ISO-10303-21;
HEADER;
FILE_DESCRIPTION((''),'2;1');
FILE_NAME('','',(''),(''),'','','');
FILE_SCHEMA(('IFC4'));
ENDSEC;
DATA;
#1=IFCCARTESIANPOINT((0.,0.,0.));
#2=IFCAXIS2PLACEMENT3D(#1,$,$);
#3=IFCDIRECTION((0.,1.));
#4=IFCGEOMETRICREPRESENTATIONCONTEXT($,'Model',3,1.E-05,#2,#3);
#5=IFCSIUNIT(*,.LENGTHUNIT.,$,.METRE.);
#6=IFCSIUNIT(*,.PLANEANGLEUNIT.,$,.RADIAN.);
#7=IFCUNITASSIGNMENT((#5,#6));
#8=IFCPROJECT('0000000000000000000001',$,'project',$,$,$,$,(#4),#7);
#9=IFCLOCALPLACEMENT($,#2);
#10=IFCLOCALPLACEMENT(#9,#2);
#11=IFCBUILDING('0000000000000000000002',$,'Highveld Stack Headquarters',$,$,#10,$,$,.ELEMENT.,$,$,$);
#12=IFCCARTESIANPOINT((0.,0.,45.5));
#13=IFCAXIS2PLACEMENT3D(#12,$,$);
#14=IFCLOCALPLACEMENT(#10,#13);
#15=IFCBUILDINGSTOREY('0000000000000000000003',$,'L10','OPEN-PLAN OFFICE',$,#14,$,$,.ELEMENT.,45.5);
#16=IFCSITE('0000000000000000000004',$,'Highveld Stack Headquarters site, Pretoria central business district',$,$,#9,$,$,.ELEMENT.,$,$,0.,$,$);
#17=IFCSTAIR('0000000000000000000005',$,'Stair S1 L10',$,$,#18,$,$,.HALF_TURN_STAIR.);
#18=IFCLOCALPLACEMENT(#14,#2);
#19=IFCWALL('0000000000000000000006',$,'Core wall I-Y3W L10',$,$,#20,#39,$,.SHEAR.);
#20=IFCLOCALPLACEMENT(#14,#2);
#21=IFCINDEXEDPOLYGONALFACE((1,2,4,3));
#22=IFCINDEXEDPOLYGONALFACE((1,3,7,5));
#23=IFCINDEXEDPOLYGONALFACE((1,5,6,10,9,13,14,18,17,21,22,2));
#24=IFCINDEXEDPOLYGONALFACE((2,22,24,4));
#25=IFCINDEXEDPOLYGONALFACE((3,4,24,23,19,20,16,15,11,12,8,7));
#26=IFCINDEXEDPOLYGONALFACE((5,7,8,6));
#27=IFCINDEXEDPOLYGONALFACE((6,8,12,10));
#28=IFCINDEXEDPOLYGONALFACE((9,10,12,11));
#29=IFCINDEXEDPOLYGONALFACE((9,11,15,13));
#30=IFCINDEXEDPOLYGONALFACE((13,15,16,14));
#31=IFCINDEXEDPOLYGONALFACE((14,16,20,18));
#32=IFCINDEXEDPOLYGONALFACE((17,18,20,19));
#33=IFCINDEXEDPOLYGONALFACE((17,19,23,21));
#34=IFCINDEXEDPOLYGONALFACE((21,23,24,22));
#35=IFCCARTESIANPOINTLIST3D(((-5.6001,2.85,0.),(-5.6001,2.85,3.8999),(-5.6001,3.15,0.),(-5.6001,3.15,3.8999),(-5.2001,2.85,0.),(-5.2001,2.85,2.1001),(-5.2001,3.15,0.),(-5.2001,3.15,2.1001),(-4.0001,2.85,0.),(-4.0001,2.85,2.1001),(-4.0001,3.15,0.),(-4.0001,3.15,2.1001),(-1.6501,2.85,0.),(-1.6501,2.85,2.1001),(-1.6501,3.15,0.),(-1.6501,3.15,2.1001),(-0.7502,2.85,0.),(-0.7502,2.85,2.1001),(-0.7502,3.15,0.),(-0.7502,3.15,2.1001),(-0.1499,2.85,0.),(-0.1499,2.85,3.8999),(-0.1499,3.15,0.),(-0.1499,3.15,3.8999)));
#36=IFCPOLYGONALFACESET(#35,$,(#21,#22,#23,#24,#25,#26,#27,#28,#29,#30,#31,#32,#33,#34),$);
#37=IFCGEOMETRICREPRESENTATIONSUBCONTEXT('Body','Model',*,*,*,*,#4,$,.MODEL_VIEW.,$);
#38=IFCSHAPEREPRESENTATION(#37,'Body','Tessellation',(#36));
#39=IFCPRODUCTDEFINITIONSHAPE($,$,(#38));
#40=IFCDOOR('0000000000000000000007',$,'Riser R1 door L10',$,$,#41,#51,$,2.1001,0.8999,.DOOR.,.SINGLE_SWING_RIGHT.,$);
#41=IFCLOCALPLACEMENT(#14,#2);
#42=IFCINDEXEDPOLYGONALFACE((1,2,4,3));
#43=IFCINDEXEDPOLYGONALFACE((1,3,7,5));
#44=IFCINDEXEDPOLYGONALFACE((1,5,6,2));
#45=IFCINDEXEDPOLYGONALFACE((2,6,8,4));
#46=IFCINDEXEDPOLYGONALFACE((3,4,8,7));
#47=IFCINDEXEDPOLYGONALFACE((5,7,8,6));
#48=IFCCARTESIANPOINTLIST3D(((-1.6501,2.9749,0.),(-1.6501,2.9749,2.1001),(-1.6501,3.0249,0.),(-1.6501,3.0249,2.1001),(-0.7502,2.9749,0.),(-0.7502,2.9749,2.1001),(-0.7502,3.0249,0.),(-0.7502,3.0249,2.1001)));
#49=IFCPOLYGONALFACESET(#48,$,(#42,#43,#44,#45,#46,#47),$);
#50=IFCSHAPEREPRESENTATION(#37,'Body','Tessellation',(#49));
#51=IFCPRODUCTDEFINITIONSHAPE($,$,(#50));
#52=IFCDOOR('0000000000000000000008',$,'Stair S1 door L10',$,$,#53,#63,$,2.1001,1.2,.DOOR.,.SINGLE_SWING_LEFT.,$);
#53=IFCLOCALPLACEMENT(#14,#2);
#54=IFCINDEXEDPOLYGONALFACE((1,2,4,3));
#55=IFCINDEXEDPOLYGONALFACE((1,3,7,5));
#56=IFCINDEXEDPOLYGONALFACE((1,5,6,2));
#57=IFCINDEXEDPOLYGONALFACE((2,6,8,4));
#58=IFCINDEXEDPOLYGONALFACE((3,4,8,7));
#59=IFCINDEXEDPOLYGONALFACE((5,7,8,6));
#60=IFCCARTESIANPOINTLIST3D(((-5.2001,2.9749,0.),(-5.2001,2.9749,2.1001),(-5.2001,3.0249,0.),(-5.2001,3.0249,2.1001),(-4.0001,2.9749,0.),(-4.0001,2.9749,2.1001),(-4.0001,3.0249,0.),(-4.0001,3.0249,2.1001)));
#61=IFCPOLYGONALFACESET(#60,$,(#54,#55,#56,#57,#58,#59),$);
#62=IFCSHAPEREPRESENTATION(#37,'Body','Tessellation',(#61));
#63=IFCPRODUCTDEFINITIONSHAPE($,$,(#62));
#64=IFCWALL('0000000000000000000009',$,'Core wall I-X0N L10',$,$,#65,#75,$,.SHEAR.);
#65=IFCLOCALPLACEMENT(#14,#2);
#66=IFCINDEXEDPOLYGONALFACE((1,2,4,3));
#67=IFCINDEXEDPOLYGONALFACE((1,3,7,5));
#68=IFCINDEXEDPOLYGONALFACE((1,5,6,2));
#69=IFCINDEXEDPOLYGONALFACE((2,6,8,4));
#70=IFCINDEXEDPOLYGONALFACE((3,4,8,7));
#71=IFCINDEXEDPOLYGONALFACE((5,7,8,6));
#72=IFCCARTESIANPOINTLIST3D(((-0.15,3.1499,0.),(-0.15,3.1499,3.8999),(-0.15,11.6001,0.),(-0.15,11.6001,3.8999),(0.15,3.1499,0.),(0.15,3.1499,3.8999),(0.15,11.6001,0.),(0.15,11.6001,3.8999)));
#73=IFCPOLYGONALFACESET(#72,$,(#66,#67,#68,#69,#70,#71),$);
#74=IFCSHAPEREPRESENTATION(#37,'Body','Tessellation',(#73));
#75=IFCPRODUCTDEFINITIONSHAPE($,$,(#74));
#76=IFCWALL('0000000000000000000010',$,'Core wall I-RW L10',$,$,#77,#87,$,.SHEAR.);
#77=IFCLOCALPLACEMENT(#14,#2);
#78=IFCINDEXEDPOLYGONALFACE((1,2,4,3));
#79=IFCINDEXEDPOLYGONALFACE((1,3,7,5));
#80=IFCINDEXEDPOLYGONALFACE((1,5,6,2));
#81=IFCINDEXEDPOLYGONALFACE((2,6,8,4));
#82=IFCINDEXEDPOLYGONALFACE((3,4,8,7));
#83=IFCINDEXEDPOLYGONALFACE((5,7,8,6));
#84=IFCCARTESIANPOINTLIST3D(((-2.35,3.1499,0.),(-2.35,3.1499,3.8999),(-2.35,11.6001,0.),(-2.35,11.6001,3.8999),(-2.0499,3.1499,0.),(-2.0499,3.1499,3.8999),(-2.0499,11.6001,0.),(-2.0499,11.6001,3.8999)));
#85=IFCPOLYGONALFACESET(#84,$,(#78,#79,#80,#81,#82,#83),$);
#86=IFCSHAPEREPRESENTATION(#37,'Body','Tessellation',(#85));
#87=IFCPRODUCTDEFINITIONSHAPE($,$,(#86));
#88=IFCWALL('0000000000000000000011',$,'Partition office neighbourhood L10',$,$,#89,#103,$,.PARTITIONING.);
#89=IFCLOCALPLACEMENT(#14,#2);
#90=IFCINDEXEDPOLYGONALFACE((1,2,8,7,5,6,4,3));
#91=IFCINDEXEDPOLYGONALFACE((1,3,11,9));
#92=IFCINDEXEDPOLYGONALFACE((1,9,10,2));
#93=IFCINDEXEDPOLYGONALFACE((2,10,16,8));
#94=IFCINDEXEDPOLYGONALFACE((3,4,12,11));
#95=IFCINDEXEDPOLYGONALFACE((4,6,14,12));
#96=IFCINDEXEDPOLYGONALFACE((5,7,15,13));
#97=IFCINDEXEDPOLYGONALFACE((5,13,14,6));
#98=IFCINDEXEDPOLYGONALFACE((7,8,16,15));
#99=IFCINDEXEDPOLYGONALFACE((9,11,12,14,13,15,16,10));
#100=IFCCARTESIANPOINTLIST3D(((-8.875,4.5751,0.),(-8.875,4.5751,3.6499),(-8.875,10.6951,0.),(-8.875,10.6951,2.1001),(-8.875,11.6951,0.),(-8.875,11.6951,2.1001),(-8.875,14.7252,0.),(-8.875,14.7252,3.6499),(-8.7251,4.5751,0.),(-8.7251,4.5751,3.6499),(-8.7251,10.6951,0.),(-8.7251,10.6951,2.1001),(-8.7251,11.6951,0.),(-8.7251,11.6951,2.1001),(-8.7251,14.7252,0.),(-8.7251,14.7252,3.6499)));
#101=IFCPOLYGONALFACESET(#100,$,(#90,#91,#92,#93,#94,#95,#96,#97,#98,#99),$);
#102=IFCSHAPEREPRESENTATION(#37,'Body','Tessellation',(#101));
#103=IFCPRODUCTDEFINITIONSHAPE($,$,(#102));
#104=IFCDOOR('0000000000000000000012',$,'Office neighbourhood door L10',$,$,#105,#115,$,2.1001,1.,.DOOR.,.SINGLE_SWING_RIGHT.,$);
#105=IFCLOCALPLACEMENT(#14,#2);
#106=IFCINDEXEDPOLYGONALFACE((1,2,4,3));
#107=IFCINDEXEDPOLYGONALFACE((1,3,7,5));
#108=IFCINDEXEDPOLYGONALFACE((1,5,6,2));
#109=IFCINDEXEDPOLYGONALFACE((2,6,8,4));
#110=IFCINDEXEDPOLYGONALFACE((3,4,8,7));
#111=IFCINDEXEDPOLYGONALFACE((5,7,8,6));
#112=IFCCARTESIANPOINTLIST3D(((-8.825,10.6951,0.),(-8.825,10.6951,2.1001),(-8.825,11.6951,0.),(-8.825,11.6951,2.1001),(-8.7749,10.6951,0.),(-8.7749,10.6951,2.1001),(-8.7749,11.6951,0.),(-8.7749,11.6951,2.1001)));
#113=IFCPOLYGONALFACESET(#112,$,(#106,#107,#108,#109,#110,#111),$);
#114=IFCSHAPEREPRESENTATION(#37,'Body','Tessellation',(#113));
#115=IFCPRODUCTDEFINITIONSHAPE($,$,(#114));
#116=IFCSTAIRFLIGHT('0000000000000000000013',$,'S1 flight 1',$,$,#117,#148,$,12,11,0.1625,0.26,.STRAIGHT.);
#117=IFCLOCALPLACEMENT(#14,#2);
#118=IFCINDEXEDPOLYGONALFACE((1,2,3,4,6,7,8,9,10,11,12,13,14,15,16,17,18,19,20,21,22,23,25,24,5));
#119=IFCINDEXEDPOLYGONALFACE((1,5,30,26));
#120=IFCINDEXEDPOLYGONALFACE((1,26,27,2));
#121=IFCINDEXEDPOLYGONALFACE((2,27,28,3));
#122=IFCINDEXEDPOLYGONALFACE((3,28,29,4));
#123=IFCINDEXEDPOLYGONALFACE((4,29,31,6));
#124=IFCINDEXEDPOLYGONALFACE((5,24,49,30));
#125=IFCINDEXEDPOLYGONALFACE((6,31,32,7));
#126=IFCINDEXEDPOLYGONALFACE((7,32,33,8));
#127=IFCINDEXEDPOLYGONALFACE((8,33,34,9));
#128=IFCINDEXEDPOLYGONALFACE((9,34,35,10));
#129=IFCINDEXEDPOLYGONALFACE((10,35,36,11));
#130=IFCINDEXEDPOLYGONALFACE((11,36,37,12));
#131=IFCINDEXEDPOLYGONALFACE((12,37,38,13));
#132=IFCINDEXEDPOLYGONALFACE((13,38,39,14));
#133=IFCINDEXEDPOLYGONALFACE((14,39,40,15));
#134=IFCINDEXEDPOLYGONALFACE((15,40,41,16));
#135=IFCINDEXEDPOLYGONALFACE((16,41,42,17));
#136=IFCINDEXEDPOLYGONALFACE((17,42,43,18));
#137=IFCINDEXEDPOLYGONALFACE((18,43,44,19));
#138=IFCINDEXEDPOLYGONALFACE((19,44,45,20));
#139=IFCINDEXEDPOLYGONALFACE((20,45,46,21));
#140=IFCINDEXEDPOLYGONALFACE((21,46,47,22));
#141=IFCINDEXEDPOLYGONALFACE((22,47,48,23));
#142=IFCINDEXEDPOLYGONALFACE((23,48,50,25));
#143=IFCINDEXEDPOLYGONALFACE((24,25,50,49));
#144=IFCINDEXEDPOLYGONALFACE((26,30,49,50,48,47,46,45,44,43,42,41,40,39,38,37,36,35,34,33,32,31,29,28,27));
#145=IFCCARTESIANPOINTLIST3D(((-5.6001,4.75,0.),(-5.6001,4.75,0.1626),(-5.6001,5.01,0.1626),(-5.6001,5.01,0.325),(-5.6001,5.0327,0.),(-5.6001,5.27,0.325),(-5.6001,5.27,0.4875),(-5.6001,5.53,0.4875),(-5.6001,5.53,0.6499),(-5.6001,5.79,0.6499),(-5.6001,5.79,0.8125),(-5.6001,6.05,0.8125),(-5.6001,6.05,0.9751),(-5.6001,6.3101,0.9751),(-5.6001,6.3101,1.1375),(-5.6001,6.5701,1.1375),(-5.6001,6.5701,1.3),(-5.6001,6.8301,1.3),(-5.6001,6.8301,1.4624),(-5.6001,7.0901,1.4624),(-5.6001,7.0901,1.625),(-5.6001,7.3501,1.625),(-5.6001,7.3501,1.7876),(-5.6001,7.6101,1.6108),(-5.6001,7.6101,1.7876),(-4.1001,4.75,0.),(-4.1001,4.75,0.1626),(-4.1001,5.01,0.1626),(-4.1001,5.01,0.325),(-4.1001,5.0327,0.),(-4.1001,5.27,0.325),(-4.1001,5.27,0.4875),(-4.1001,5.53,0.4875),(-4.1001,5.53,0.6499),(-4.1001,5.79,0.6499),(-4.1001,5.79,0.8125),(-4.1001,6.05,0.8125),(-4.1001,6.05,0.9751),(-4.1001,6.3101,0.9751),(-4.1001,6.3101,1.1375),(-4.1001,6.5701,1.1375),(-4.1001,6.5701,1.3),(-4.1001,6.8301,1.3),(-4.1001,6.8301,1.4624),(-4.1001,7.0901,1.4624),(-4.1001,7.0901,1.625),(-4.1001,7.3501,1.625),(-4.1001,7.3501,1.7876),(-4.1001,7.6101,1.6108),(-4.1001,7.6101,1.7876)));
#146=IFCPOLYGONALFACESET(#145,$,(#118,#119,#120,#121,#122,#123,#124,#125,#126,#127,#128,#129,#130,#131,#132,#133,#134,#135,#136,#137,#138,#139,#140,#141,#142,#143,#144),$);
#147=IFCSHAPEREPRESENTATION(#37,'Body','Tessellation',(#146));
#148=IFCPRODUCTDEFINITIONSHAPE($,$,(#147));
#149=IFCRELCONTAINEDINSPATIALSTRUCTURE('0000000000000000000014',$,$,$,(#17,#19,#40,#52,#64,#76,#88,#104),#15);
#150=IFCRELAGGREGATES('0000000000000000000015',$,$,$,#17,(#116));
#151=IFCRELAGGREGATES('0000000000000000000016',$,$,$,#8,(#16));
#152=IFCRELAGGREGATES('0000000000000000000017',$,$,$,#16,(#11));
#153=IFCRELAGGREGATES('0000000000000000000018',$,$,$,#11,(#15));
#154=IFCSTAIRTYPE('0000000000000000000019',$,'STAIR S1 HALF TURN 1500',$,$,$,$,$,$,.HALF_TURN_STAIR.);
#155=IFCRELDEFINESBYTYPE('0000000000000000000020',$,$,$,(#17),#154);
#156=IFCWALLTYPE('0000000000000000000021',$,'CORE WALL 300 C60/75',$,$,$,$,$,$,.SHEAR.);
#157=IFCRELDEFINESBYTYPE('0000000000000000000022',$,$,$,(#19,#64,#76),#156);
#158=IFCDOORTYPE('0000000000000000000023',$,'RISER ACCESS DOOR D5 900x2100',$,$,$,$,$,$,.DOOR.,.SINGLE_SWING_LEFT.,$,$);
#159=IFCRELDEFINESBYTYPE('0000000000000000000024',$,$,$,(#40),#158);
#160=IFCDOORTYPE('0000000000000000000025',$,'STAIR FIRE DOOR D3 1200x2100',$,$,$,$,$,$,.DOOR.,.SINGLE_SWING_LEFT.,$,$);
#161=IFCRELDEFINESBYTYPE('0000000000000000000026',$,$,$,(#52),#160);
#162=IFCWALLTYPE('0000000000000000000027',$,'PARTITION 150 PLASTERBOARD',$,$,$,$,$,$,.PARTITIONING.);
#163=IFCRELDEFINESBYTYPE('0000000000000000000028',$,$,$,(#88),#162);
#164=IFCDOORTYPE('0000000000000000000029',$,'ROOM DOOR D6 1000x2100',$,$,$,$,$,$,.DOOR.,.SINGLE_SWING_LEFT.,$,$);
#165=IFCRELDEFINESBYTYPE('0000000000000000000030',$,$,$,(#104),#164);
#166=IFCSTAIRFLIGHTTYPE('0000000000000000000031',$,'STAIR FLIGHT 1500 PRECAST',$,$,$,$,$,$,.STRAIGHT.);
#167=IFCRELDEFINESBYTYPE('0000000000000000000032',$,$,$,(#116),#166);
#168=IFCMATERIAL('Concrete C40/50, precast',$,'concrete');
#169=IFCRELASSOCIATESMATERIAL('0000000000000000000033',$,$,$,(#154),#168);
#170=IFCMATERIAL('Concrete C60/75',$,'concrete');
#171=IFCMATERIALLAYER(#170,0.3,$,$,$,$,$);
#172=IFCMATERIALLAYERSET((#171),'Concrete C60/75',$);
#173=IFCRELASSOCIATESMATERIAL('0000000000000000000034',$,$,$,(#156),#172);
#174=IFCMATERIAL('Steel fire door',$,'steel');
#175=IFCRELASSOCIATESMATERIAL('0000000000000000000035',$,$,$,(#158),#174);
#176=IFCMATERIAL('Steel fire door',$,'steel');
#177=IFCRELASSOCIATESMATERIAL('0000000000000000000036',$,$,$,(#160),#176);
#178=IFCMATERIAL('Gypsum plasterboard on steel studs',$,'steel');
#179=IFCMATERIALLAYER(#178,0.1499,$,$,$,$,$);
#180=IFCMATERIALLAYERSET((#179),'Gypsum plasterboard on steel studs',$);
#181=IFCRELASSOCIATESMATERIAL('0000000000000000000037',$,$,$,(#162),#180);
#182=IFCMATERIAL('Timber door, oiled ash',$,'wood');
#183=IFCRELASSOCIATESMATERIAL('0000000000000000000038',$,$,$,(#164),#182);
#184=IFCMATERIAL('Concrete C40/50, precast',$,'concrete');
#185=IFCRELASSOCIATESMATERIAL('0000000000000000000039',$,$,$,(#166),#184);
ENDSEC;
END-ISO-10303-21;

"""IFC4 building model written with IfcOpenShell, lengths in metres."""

from ifc_helpers import new_model, si_unit, direction, frame, frame_2d, origin, place, context, subcontext, project, spatial, polyline, rectangle, outline, extrude, material, layer, layer_set, type_object, element, fill, aggregate, save


model = new_model("IFC4")

# Units and contexts
model_context = context("Model", 3, precision=1e-05, world=origin(), true_north=direction((0.0, 1.0)))
body_context = subcontext(model_context, "Body", "Model", "MODEL_VIEW")
ifc_project = project(units=[si_unit("LENGTHUNIT", "METRE"), si_unit("PLANEANGLEUNIT", "RADIAN")], contexts=[model_context])

# Site, building, storey
site_placement = place(None, origin())
site = spatial("IfcSite", under=ifc_project, at=site_placement, Name="Highveld Stack Headquarters site, Pretoria central business district", CompositionType="ELEMENT", RefElevation=0.0)
building_placement = place(site_placement, origin())
building = spatial("IfcBuilding", under=site, at=building_placement, Name="Highveld Stack Headquarters", CompositionType="ELEMENT")
storey_placement = place(building_placement, frame((0.0, 0.0, 45.5)))
storey = spatial("IfcBuildingStorey", under=building, at=storey_placement, Name="L10", Description="OPEN-PLAN OFFICE", CompositionType="ELEMENT", Elevation=45.5)

# Stair
ifc_material_1 = material(Name="Concrete C40/50, precast", Category="concrete")
stair_type_1 = type_object("IfcStairType", Name="STAIR S1 HALF TURN 1500", PredefinedType="HALF_TURN_STAIR", material=ifc_material_1)
stair_1_placement = place(storey_placement, origin())
stair_1 = element("IfcStair", 1, at=stair_1_placement, inside=storey, type_object=stair_type_1, Name="Stair S1 L10", PredefinedType="HALF_TURN_STAIR")

# Wall, openings, doors
ifc_material_2 = material(Name="Concrete C60/75", Category="concrete")
ifc_layer_1 = layer(ifc_material_2, 0.3)
ifc_layer_set_1 = layer_set([ifc_layer_1], Name="Concrete C60/75")
wall_type_1 = type_object("IfcWallType", Name="CORE WALL 300 C60/75", PredefinedType="SHEAR", material=ifc_layer_set_1)
wall_1_placement = place(storey_placement, frame((-5.6001, 3.0, 0.0), z_axis=(0.0, 0.0, 1.0), x_axis=(1.0, 0.0, 0.0)))
wall_1 = element("IfcWall", 2, at=wall_1_placement, inside=storey, type_object=wall_type_1, Name="Core wall I-Y3W L10", PredefinedType="SHEAR", context=body_context, shape_type="SweptSolid", body=[
    extrude(rectangle(XDim=5.4502, YDim=0.3, at=frame_2d((2.7251, 0.0))), origin(), (0.0, 0.0, 1.0), 3.8999),
])
opening_1_placement = place(wall_1_placement, frame((0.3999, 0.0, 0.0)))
opening_1 = element("IfcOpeningElement", 3, at=opening_1_placement, cuts=wall_1, PredefinedType="OPENING", context=body_context, shape_type="SweptSolid", body=[
    extrude(rectangle(XDim=1.2, YDim=2.1001, at=frame_2d((0.6001, 1.05))), frame((0.0, 0.1599, 0.0), z_axis=(0.0, -1.0, 0.0), x_axis=(1.0, 0.0, 0.0)), (0.0, 0.0, 1.0), 0.3201),
])
opening_2_placement = place(wall_1_placement, frame((3.95, 0.0, 0.0)))
opening_2 = element("IfcOpeningElement", 4, at=opening_2_placement, cuts=wall_1, PredefinedType="OPENING", context=body_context, shape_type="SweptSolid", body=[
    extrude(rectangle(XDim=0.8999, YDim=2.1001, at=frame_2d((0.45, 1.05))), frame((0.0, 0.1599, 0.0), z_axis=(0.0, -1.0, 0.0), x_axis=(1.0, 0.0, 0.0)), (0.0, 0.0, 1.0), 0.3201),
])
ifc_material_3 = material(Name="Steel fire door", Category="steel")
door_type_1 = type_object("IfcDoorType", Name="RISER ACCESS DOOR D5 900x2100", OperationType="SINGLE_SWING_LEFT", PredefinedType="DOOR", material=ifc_material_3)
door_1_placement = place(opening_2_placement, origin())
door_1 = element("IfcDoor", 5, at=door_1_placement, inside=storey, type_object=door_type_1, Name="Riser R1 door L10", OperationType="SINGLE_SWING_RIGHT", OverallHeight=2.1001, OverallWidth=0.8999, PredefinedType="DOOR", context=body_context, shape_type="SweptSolid", body=[
    extrude(rectangle(XDim=0.8999, YDim=2.1001, at=frame_2d((0.45, 1.05))), frame((0.0, 0.0249, 0.0), z_axis=(0.0, -1.0, 0.0), x_axis=(1.0, 0.0, 0.0)), (0.0, 0.0, 1.0), 0.05),
])
fill(opening_2, door_1)
ifc_material_4 = material(Name="Steel fire door", Category="steel")
door_type_2 = type_object("IfcDoorType", Name="STAIR FIRE DOOR D3 1200x2100", OperationType="SINGLE_SWING_LEFT", PredefinedType="DOOR", material=ifc_material_4)
door_2_placement = place(opening_1_placement, origin())
door_2 = element("IfcDoor", 6, at=door_2_placement, inside=storey, type_object=door_type_2, Name="Stair S1 door L10", OperationType="SINGLE_SWING_LEFT", OverallHeight=2.1001, OverallWidth=1.2, PredefinedType="DOOR", context=body_context, shape_type="SweptSolid", body=[
    extrude(rectangle(XDim=1.2, YDim=2.1001, at=frame_2d((0.6001, 1.05))), frame((0.0, 0.0249, 0.0), z_axis=(0.0, -1.0, 0.0), x_axis=(1.0, 0.0, 0.0)), (0.0, 0.0, 1.0), 0.05),
])
fill(opening_1, door_2)

# Walls
for number, where, z_axis, x_axis, name in (
    (7, (0.0, 3.1499, 0.0), (0.0, 0.0, 1.0), (0.0, 1.0, 0.0), "Core wall I-X0N L10"),
    (8, (-2.2, 3.1499, 0.0), (0.0, 0.0, 1.0), (0.0, 1.0, 0.0), "Core wall I-RW L10"),
):
    element("IfcWall", number, at=place(storey_placement, frame(where, z_axis=z_axis, x_axis=x_axis)), inside=storey, type_object=wall_type_1, Name=name, PredefinedType="SHEAR", context=body_context, shape_type="SweptSolid", body=[
        extrude(rectangle(XDim=8.4502, YDim=0.3, at=frame_2d((4.2251, 0.0))), origin(), (0.0, 0.0, 1.0), 3.8999),
    ])

# Wall, opening, door
ifc_material_5 = material(Name="Gypsum plasterboard on steel studs", Category="steel")
ifc_layer_2 = layer(ifc_material_5, 0.1499)
ifc_layer_set_2 = layer_set([ifc_layer_2], Name="Gypsum plasterboard on steel studs")
wall_type_2 = type_object("IfcWallType", Name="PARTITION 150 PLASTERBOARD", PredefinedType="PARTITIONING", material=ifc_layer_set_2)
wall_2_placement = place(storey_placement, frame((-8.8, 4.575, 0.0), z_axis=(0.0, 0.0, 1.0), x_axis=(0.0, 1.0, 0.0)))
wall_2 = element("IfcWall", 9, at=wall_2_placement, inside=storey, type_object=wall_type_2, Name="Partition office neighbourhood L10", PredefinedType="PARTITIONING", context=body_context, shape_type="SweptSolid", body=[
    extrude(rectangle(XDim=10.1501, YDim=0.1499, at=frame_2d((5.0752, 0.0))), origin(), (0.0, 0.0, 1.0), 3.6499),
])
opening_3_placement = place(wall_2_placement, frame((6.1201, 0.0, 0.0)))
opening_3 = element("IfcOpeningElement", 10, at=opening_3_placement, cuts=wall_2, PredefinedType="OPENING", context=body_context, shape_type="SweptSolid", body=[
    extrude(rectangle(XDim=1.0, YDim=2.1001, at=frame_2d((0.5, 1.05))), frame((0.0, 0.085, 0.0), z_axis=(0.0, -1.0, 0.0), x_axis=(1.0, 0.0, 0.0)), (0.0, 0.0, 1.0), 0.1699),
])
ifc_material_6 = material(Name="Timber door, oiled ash", Category="wood")
door_type_3 = type_object("IfcDoorType", Name="ROOM DOOR D6 1000x2100", OperationType="SINGLE_SWING_LEFT", PredefinedType="DOOR", material=ifc_material_6)
door_3_placement = place(opening_3_placement, origin())
door_3 = element("IfcDoor", 11, at=door_3_placement, inside=storey, type_object=door_type_3, Name="Office neighbourhood door L10", OperationType="SINGLE_SWING_RIGHT", OverallHeight=2.1001, OverallWidth=1.0, PredefinedType="DOOR", context=body_context, shape_type="SweptSolid", body=[
    extrude(rectangle(XDim=1.0, YDim=2.1001, at=frame_2d((0.5, 1.05))), frame((0.0, 0.0249, 0.0), z_axis=(0.0, -1.0, 0.0), x_axis=(1.0, 0.0, 0.0)), (0.0, 0.0, 1.0), 0.05),
])
fill(opening_3, door_3)

# Stair flight
ifc_material_7 = material(Name="Concrete C40/50, precast", Category="concrete")
stair_flight_type = type_object("IfcStairFlightType", Name="STAIR FLIGHT 1500 PRECAST", PredefinedType="STRAIGHT", material=ifc_material_7)
stair_flight_placement = place(storey_placement, frame((-4.8501, 4.75, 0.0), z_axis=(0.0, 0.0, 1.0), x_axis=(0.0, 1.0, 0.0)))
stair_flight = element("IfcStairFlight", 12, at=stair_flight_placement, type_object=stair_flight_type, Name="S1 flight 1", NumberOfRisers=12, NumberOfTreads=11, PredefinedType="STRAIGHT", RiserHeight=0.1625, TreadLength=0.26, context=body_context, shape_type="SweptSolid", body=[
    extrude(outline(polyline([(0.0, 0.0), (0.0, 0.1626), (0.26, 0.1626), (0.26, 0.325), (0.52, 0.325), (0.52, 0.4875), (0.78, 0.4875), (0.78, 0.6499), (1.04, 0.6499), (1.04, 0.8125), (1.3, 0.8125), (1.3, 0.9751), (1.5601, 0.9751), (1.5601, 1.1375), (1.8201, 1.1375), (1.8201, 1.3), (2.0801, 1.3), (2.0801, 1.4624), (2.3401, 1.4624), (2.3401, 1.625), (2.6001, 1.625), (2.6001, 1.7876), (2.8601, 1.7876), (2.8601, 1.95), (2.8601, 1.6108), (0.2827, 0.0), (0.0, 0.0)])), frame((0.0, 0.75, 0.0), z_axis=(0.0, -1.0, 0.0), x_axis=(1.0, 0.0, 0.0)), (0.0, 0.0, 1.0), 1.5),
])
aggregate(stair_1, [stair_flight])

save(model, "model.ifc")
